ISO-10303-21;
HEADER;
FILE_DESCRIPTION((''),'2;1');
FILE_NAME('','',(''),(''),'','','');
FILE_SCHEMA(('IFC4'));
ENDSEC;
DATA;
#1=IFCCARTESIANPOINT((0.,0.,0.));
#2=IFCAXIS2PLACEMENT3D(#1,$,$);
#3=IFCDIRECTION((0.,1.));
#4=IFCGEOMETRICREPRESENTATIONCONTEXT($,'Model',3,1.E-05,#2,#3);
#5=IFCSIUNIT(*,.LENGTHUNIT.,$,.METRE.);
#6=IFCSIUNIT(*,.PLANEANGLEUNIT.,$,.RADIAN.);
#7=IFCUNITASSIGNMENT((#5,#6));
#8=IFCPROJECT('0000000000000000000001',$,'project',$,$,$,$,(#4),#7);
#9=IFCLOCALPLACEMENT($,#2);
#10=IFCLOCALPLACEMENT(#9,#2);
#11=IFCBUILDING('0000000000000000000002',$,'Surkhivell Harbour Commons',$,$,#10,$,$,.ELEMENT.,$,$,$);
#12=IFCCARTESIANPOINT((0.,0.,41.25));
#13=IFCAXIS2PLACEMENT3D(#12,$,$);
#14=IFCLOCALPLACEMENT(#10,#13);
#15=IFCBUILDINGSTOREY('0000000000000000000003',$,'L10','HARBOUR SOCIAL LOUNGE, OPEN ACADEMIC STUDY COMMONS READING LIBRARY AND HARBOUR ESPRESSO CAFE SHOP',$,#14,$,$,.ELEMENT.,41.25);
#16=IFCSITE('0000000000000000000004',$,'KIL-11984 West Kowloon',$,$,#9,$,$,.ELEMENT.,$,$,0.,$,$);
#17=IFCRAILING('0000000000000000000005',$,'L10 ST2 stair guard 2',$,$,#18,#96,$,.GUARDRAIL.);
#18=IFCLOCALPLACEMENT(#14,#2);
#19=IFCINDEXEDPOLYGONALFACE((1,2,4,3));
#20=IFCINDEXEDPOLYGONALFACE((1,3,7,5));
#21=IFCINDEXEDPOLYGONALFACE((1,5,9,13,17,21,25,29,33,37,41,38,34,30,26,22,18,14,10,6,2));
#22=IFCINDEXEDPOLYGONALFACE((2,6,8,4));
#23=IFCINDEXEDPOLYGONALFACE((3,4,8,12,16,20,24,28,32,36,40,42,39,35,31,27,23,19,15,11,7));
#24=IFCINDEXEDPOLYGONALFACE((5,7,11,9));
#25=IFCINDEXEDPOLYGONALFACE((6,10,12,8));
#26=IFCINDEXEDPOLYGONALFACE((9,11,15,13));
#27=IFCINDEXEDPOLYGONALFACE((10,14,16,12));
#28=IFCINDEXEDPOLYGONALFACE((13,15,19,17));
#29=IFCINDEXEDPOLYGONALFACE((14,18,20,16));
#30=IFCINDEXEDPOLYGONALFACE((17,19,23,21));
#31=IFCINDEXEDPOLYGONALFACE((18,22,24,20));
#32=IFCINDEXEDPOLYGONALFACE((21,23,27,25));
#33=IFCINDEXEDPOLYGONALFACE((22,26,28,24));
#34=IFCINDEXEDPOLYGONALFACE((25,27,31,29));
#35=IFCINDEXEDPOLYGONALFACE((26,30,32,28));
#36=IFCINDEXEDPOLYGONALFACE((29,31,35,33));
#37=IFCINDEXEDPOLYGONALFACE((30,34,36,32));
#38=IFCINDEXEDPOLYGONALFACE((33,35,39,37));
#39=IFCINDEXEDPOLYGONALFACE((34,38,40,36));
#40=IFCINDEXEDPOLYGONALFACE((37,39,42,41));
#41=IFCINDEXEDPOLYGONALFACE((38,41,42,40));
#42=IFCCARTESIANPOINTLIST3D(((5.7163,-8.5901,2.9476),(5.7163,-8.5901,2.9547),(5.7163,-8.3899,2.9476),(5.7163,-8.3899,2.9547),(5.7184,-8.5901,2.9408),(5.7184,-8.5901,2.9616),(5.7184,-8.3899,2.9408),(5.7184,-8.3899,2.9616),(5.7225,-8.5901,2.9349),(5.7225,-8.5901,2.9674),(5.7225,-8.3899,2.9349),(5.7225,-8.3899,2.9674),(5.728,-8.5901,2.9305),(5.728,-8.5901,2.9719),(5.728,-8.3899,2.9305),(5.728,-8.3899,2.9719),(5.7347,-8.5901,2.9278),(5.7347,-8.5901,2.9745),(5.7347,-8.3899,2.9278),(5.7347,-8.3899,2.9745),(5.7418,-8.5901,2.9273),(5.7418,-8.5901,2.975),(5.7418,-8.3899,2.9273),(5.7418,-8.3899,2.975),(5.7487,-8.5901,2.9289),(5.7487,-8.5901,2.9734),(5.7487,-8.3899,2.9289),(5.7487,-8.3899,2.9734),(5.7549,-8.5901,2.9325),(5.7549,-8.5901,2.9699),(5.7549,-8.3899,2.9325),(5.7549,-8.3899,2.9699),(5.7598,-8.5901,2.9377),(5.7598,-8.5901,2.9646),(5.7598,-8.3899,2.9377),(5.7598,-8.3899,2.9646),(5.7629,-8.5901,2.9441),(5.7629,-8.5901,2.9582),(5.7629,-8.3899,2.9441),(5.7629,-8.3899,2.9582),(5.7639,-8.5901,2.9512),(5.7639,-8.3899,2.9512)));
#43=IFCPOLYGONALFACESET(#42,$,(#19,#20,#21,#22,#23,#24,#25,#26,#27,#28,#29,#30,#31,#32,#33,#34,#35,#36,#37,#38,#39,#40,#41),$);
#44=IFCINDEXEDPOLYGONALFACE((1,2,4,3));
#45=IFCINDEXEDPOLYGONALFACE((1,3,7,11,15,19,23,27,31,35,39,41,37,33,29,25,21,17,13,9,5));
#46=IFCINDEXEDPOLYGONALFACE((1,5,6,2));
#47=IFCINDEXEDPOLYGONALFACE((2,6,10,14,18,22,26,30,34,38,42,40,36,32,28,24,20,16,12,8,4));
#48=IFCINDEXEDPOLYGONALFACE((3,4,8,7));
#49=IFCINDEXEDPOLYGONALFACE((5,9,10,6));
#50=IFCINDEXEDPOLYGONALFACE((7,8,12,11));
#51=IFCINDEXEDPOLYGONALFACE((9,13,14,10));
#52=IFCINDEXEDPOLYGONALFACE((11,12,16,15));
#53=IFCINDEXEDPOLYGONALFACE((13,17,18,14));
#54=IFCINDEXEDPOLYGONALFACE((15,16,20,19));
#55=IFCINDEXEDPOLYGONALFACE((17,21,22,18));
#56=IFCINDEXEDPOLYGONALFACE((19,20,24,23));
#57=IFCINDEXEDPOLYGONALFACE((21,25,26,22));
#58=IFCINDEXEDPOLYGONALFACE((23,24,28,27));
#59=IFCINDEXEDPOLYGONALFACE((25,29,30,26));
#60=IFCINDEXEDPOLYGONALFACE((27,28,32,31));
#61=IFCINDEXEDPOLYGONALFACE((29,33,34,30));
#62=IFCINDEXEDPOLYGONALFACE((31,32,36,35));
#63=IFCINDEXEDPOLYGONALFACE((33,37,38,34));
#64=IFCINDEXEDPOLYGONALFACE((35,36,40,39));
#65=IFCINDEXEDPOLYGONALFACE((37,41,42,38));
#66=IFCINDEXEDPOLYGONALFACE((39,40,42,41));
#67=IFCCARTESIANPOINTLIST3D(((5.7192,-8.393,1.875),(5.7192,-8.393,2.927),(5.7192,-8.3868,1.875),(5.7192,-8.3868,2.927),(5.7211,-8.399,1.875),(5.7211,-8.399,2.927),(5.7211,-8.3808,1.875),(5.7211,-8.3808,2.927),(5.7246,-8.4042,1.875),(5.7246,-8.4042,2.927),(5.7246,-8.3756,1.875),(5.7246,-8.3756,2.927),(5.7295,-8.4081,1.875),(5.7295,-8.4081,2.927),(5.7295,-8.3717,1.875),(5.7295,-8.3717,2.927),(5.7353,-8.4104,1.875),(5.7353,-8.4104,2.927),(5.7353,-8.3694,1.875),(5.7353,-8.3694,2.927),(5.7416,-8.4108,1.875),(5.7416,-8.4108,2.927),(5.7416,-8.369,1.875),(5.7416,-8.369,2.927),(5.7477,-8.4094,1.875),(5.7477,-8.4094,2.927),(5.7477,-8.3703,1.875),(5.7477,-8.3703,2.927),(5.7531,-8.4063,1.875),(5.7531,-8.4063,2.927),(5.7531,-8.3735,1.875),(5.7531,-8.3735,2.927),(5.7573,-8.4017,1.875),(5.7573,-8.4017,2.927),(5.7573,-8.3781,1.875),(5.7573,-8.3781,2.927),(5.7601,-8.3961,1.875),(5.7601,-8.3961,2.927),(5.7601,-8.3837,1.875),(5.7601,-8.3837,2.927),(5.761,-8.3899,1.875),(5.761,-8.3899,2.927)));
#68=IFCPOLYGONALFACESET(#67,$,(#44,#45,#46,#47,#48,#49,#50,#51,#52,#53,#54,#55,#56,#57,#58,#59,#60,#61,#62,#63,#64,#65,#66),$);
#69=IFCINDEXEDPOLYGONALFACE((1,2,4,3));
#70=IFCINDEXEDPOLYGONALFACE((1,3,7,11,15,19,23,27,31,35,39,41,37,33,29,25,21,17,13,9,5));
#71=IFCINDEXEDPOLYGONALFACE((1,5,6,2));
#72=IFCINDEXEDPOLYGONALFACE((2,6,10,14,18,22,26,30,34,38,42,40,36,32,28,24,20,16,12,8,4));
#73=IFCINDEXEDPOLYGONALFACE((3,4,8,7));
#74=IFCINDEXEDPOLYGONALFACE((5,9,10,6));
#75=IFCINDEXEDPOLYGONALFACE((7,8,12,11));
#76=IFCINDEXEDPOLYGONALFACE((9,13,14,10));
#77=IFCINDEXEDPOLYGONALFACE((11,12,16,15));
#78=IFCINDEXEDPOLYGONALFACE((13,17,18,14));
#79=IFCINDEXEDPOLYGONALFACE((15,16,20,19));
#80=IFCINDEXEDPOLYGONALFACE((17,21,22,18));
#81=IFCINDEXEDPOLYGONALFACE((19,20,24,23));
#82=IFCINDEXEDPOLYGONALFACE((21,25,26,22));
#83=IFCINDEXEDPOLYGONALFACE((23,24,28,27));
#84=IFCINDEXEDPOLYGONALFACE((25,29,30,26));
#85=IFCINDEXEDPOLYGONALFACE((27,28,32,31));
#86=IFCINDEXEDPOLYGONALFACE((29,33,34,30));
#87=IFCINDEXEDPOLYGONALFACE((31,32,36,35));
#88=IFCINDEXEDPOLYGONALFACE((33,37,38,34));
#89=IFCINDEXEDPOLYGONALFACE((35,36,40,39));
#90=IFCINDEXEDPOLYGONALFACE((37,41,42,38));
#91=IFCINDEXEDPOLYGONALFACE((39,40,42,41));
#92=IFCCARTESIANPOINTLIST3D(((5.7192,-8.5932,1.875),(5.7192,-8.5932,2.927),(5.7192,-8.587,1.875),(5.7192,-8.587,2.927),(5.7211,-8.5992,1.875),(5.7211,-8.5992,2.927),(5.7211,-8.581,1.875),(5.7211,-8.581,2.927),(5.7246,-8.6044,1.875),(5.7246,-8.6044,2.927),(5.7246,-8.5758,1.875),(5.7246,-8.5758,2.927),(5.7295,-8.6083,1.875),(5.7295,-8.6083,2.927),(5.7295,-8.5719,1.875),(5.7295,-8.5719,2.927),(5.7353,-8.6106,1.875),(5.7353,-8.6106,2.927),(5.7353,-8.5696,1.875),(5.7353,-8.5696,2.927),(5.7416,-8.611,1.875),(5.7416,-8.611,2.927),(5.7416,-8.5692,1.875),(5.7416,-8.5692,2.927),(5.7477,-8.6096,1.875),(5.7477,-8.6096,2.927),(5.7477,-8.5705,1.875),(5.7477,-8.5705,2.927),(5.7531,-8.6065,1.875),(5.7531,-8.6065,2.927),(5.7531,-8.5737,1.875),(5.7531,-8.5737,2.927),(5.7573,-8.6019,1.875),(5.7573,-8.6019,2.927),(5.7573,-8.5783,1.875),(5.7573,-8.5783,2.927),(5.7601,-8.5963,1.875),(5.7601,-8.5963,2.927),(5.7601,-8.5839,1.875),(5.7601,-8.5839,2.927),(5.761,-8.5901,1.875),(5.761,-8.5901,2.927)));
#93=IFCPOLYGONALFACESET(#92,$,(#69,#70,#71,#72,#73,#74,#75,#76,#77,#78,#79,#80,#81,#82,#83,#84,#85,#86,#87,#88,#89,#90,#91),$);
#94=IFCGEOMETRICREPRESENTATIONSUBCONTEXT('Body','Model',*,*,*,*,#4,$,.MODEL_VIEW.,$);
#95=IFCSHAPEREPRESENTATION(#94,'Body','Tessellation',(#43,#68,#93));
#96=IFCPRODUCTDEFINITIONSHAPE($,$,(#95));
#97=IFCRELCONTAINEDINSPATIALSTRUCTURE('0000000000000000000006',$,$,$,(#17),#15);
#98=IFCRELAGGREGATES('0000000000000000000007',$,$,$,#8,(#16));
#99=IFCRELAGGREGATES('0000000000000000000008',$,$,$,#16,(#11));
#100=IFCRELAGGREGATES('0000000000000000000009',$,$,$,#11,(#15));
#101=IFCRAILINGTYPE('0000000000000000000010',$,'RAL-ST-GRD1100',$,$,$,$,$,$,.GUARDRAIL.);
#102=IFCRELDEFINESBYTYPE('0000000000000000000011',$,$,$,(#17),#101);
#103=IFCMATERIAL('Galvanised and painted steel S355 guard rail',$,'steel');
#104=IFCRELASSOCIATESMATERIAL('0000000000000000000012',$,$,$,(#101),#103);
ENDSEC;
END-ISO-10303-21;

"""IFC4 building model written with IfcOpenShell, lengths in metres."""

from ifc_helpers import new_model, si_unit, direction, frame, origin, origin_2d, place, context, subcontext, project, spatial, circle, extrude, material, type_object, element, save


model = new_model("IFC4")

# Units and contexts
model_context = context("Model", 3, precision=1e-05, world=origin(), true_north=direction((0.0, 1.0)))
body_context = subcontext(model_context, "Body", "Model", "MODEL_VIEW")
ifc_project = project(units=[si_unit("LENGTHUNIT", "METRE"), si_unit("PLANEANGLEUNIT", "RADIAN")], contexts=[model_context])

# Site, building, storey
site_placement = place(None, origin())
site = spatial("IfcSite", under=ifc_project, at=site_placement, Name="KIL-11984 West Kowloon", CompositionType="ELEMENT", RefElevation=0.0)
building_placement = place(site_placement, origin())
building = spatial("IfcBuilding", under=site, at=building_placement, Name="Surkhivell Harbour Commons", CompositionType="ELEMENT")
storey_placement = place(building_placement, frame((0.0, 0.0, 41.25)))
storey = spatial("IfcBuildingStorey", under=building, at=storey_placement, Name="L10", Description="HARBOUR SOCIAL LOUNGE, OPEN ACADEMIC STUDY COMMONS READING LIBRARY AND HARBOUR ESPRESSO CAFE SHOP", CompositionType="ELEMENT", Elevation=41.25)

# Railing
ifc_material_1 = material(Name="Galvanised and painted steel S355 guard rail", Category="steel")
railing_type_1 = type_object("IfcRailingType", Name="RAL-ST-GRD1100", PredefinedType="GUARDRAIL", material=ifc_material_1)
railing_1_placement = place(storey_placement, frame((5.74, -8.3899, 1.875)))
element("IfcRailing", 1, at=railing_1_placement, inside=storey, type_object=railing_type_1, Name="L10 ST2 stair guard 2", PredefinedType="GUARDRAIL", context=body_context, shape_type="SweptSolid", body=[
    extrude(circle(Radius=0.0239, at=origin_2d()), frame((0.0, 0.0, 1.0762), z_axis=(0.0, -1.0, 0.0), x_axis=(1.0, 0.0, 0.0)), (0.0, 0.0, 1.0), 0.2002),
    extrude(circle(Radius=0.021, at=origin_2d()), origin(), (0.0, 0.0, 1.0), 1.052),
    extrude(circle(Radius=0.021, at=origin_2d()), frame((0.0, -0.2002, 0.0)), (0.0, 0.0, 1.0), 1.052),
])

save(model, "model.ifc")
